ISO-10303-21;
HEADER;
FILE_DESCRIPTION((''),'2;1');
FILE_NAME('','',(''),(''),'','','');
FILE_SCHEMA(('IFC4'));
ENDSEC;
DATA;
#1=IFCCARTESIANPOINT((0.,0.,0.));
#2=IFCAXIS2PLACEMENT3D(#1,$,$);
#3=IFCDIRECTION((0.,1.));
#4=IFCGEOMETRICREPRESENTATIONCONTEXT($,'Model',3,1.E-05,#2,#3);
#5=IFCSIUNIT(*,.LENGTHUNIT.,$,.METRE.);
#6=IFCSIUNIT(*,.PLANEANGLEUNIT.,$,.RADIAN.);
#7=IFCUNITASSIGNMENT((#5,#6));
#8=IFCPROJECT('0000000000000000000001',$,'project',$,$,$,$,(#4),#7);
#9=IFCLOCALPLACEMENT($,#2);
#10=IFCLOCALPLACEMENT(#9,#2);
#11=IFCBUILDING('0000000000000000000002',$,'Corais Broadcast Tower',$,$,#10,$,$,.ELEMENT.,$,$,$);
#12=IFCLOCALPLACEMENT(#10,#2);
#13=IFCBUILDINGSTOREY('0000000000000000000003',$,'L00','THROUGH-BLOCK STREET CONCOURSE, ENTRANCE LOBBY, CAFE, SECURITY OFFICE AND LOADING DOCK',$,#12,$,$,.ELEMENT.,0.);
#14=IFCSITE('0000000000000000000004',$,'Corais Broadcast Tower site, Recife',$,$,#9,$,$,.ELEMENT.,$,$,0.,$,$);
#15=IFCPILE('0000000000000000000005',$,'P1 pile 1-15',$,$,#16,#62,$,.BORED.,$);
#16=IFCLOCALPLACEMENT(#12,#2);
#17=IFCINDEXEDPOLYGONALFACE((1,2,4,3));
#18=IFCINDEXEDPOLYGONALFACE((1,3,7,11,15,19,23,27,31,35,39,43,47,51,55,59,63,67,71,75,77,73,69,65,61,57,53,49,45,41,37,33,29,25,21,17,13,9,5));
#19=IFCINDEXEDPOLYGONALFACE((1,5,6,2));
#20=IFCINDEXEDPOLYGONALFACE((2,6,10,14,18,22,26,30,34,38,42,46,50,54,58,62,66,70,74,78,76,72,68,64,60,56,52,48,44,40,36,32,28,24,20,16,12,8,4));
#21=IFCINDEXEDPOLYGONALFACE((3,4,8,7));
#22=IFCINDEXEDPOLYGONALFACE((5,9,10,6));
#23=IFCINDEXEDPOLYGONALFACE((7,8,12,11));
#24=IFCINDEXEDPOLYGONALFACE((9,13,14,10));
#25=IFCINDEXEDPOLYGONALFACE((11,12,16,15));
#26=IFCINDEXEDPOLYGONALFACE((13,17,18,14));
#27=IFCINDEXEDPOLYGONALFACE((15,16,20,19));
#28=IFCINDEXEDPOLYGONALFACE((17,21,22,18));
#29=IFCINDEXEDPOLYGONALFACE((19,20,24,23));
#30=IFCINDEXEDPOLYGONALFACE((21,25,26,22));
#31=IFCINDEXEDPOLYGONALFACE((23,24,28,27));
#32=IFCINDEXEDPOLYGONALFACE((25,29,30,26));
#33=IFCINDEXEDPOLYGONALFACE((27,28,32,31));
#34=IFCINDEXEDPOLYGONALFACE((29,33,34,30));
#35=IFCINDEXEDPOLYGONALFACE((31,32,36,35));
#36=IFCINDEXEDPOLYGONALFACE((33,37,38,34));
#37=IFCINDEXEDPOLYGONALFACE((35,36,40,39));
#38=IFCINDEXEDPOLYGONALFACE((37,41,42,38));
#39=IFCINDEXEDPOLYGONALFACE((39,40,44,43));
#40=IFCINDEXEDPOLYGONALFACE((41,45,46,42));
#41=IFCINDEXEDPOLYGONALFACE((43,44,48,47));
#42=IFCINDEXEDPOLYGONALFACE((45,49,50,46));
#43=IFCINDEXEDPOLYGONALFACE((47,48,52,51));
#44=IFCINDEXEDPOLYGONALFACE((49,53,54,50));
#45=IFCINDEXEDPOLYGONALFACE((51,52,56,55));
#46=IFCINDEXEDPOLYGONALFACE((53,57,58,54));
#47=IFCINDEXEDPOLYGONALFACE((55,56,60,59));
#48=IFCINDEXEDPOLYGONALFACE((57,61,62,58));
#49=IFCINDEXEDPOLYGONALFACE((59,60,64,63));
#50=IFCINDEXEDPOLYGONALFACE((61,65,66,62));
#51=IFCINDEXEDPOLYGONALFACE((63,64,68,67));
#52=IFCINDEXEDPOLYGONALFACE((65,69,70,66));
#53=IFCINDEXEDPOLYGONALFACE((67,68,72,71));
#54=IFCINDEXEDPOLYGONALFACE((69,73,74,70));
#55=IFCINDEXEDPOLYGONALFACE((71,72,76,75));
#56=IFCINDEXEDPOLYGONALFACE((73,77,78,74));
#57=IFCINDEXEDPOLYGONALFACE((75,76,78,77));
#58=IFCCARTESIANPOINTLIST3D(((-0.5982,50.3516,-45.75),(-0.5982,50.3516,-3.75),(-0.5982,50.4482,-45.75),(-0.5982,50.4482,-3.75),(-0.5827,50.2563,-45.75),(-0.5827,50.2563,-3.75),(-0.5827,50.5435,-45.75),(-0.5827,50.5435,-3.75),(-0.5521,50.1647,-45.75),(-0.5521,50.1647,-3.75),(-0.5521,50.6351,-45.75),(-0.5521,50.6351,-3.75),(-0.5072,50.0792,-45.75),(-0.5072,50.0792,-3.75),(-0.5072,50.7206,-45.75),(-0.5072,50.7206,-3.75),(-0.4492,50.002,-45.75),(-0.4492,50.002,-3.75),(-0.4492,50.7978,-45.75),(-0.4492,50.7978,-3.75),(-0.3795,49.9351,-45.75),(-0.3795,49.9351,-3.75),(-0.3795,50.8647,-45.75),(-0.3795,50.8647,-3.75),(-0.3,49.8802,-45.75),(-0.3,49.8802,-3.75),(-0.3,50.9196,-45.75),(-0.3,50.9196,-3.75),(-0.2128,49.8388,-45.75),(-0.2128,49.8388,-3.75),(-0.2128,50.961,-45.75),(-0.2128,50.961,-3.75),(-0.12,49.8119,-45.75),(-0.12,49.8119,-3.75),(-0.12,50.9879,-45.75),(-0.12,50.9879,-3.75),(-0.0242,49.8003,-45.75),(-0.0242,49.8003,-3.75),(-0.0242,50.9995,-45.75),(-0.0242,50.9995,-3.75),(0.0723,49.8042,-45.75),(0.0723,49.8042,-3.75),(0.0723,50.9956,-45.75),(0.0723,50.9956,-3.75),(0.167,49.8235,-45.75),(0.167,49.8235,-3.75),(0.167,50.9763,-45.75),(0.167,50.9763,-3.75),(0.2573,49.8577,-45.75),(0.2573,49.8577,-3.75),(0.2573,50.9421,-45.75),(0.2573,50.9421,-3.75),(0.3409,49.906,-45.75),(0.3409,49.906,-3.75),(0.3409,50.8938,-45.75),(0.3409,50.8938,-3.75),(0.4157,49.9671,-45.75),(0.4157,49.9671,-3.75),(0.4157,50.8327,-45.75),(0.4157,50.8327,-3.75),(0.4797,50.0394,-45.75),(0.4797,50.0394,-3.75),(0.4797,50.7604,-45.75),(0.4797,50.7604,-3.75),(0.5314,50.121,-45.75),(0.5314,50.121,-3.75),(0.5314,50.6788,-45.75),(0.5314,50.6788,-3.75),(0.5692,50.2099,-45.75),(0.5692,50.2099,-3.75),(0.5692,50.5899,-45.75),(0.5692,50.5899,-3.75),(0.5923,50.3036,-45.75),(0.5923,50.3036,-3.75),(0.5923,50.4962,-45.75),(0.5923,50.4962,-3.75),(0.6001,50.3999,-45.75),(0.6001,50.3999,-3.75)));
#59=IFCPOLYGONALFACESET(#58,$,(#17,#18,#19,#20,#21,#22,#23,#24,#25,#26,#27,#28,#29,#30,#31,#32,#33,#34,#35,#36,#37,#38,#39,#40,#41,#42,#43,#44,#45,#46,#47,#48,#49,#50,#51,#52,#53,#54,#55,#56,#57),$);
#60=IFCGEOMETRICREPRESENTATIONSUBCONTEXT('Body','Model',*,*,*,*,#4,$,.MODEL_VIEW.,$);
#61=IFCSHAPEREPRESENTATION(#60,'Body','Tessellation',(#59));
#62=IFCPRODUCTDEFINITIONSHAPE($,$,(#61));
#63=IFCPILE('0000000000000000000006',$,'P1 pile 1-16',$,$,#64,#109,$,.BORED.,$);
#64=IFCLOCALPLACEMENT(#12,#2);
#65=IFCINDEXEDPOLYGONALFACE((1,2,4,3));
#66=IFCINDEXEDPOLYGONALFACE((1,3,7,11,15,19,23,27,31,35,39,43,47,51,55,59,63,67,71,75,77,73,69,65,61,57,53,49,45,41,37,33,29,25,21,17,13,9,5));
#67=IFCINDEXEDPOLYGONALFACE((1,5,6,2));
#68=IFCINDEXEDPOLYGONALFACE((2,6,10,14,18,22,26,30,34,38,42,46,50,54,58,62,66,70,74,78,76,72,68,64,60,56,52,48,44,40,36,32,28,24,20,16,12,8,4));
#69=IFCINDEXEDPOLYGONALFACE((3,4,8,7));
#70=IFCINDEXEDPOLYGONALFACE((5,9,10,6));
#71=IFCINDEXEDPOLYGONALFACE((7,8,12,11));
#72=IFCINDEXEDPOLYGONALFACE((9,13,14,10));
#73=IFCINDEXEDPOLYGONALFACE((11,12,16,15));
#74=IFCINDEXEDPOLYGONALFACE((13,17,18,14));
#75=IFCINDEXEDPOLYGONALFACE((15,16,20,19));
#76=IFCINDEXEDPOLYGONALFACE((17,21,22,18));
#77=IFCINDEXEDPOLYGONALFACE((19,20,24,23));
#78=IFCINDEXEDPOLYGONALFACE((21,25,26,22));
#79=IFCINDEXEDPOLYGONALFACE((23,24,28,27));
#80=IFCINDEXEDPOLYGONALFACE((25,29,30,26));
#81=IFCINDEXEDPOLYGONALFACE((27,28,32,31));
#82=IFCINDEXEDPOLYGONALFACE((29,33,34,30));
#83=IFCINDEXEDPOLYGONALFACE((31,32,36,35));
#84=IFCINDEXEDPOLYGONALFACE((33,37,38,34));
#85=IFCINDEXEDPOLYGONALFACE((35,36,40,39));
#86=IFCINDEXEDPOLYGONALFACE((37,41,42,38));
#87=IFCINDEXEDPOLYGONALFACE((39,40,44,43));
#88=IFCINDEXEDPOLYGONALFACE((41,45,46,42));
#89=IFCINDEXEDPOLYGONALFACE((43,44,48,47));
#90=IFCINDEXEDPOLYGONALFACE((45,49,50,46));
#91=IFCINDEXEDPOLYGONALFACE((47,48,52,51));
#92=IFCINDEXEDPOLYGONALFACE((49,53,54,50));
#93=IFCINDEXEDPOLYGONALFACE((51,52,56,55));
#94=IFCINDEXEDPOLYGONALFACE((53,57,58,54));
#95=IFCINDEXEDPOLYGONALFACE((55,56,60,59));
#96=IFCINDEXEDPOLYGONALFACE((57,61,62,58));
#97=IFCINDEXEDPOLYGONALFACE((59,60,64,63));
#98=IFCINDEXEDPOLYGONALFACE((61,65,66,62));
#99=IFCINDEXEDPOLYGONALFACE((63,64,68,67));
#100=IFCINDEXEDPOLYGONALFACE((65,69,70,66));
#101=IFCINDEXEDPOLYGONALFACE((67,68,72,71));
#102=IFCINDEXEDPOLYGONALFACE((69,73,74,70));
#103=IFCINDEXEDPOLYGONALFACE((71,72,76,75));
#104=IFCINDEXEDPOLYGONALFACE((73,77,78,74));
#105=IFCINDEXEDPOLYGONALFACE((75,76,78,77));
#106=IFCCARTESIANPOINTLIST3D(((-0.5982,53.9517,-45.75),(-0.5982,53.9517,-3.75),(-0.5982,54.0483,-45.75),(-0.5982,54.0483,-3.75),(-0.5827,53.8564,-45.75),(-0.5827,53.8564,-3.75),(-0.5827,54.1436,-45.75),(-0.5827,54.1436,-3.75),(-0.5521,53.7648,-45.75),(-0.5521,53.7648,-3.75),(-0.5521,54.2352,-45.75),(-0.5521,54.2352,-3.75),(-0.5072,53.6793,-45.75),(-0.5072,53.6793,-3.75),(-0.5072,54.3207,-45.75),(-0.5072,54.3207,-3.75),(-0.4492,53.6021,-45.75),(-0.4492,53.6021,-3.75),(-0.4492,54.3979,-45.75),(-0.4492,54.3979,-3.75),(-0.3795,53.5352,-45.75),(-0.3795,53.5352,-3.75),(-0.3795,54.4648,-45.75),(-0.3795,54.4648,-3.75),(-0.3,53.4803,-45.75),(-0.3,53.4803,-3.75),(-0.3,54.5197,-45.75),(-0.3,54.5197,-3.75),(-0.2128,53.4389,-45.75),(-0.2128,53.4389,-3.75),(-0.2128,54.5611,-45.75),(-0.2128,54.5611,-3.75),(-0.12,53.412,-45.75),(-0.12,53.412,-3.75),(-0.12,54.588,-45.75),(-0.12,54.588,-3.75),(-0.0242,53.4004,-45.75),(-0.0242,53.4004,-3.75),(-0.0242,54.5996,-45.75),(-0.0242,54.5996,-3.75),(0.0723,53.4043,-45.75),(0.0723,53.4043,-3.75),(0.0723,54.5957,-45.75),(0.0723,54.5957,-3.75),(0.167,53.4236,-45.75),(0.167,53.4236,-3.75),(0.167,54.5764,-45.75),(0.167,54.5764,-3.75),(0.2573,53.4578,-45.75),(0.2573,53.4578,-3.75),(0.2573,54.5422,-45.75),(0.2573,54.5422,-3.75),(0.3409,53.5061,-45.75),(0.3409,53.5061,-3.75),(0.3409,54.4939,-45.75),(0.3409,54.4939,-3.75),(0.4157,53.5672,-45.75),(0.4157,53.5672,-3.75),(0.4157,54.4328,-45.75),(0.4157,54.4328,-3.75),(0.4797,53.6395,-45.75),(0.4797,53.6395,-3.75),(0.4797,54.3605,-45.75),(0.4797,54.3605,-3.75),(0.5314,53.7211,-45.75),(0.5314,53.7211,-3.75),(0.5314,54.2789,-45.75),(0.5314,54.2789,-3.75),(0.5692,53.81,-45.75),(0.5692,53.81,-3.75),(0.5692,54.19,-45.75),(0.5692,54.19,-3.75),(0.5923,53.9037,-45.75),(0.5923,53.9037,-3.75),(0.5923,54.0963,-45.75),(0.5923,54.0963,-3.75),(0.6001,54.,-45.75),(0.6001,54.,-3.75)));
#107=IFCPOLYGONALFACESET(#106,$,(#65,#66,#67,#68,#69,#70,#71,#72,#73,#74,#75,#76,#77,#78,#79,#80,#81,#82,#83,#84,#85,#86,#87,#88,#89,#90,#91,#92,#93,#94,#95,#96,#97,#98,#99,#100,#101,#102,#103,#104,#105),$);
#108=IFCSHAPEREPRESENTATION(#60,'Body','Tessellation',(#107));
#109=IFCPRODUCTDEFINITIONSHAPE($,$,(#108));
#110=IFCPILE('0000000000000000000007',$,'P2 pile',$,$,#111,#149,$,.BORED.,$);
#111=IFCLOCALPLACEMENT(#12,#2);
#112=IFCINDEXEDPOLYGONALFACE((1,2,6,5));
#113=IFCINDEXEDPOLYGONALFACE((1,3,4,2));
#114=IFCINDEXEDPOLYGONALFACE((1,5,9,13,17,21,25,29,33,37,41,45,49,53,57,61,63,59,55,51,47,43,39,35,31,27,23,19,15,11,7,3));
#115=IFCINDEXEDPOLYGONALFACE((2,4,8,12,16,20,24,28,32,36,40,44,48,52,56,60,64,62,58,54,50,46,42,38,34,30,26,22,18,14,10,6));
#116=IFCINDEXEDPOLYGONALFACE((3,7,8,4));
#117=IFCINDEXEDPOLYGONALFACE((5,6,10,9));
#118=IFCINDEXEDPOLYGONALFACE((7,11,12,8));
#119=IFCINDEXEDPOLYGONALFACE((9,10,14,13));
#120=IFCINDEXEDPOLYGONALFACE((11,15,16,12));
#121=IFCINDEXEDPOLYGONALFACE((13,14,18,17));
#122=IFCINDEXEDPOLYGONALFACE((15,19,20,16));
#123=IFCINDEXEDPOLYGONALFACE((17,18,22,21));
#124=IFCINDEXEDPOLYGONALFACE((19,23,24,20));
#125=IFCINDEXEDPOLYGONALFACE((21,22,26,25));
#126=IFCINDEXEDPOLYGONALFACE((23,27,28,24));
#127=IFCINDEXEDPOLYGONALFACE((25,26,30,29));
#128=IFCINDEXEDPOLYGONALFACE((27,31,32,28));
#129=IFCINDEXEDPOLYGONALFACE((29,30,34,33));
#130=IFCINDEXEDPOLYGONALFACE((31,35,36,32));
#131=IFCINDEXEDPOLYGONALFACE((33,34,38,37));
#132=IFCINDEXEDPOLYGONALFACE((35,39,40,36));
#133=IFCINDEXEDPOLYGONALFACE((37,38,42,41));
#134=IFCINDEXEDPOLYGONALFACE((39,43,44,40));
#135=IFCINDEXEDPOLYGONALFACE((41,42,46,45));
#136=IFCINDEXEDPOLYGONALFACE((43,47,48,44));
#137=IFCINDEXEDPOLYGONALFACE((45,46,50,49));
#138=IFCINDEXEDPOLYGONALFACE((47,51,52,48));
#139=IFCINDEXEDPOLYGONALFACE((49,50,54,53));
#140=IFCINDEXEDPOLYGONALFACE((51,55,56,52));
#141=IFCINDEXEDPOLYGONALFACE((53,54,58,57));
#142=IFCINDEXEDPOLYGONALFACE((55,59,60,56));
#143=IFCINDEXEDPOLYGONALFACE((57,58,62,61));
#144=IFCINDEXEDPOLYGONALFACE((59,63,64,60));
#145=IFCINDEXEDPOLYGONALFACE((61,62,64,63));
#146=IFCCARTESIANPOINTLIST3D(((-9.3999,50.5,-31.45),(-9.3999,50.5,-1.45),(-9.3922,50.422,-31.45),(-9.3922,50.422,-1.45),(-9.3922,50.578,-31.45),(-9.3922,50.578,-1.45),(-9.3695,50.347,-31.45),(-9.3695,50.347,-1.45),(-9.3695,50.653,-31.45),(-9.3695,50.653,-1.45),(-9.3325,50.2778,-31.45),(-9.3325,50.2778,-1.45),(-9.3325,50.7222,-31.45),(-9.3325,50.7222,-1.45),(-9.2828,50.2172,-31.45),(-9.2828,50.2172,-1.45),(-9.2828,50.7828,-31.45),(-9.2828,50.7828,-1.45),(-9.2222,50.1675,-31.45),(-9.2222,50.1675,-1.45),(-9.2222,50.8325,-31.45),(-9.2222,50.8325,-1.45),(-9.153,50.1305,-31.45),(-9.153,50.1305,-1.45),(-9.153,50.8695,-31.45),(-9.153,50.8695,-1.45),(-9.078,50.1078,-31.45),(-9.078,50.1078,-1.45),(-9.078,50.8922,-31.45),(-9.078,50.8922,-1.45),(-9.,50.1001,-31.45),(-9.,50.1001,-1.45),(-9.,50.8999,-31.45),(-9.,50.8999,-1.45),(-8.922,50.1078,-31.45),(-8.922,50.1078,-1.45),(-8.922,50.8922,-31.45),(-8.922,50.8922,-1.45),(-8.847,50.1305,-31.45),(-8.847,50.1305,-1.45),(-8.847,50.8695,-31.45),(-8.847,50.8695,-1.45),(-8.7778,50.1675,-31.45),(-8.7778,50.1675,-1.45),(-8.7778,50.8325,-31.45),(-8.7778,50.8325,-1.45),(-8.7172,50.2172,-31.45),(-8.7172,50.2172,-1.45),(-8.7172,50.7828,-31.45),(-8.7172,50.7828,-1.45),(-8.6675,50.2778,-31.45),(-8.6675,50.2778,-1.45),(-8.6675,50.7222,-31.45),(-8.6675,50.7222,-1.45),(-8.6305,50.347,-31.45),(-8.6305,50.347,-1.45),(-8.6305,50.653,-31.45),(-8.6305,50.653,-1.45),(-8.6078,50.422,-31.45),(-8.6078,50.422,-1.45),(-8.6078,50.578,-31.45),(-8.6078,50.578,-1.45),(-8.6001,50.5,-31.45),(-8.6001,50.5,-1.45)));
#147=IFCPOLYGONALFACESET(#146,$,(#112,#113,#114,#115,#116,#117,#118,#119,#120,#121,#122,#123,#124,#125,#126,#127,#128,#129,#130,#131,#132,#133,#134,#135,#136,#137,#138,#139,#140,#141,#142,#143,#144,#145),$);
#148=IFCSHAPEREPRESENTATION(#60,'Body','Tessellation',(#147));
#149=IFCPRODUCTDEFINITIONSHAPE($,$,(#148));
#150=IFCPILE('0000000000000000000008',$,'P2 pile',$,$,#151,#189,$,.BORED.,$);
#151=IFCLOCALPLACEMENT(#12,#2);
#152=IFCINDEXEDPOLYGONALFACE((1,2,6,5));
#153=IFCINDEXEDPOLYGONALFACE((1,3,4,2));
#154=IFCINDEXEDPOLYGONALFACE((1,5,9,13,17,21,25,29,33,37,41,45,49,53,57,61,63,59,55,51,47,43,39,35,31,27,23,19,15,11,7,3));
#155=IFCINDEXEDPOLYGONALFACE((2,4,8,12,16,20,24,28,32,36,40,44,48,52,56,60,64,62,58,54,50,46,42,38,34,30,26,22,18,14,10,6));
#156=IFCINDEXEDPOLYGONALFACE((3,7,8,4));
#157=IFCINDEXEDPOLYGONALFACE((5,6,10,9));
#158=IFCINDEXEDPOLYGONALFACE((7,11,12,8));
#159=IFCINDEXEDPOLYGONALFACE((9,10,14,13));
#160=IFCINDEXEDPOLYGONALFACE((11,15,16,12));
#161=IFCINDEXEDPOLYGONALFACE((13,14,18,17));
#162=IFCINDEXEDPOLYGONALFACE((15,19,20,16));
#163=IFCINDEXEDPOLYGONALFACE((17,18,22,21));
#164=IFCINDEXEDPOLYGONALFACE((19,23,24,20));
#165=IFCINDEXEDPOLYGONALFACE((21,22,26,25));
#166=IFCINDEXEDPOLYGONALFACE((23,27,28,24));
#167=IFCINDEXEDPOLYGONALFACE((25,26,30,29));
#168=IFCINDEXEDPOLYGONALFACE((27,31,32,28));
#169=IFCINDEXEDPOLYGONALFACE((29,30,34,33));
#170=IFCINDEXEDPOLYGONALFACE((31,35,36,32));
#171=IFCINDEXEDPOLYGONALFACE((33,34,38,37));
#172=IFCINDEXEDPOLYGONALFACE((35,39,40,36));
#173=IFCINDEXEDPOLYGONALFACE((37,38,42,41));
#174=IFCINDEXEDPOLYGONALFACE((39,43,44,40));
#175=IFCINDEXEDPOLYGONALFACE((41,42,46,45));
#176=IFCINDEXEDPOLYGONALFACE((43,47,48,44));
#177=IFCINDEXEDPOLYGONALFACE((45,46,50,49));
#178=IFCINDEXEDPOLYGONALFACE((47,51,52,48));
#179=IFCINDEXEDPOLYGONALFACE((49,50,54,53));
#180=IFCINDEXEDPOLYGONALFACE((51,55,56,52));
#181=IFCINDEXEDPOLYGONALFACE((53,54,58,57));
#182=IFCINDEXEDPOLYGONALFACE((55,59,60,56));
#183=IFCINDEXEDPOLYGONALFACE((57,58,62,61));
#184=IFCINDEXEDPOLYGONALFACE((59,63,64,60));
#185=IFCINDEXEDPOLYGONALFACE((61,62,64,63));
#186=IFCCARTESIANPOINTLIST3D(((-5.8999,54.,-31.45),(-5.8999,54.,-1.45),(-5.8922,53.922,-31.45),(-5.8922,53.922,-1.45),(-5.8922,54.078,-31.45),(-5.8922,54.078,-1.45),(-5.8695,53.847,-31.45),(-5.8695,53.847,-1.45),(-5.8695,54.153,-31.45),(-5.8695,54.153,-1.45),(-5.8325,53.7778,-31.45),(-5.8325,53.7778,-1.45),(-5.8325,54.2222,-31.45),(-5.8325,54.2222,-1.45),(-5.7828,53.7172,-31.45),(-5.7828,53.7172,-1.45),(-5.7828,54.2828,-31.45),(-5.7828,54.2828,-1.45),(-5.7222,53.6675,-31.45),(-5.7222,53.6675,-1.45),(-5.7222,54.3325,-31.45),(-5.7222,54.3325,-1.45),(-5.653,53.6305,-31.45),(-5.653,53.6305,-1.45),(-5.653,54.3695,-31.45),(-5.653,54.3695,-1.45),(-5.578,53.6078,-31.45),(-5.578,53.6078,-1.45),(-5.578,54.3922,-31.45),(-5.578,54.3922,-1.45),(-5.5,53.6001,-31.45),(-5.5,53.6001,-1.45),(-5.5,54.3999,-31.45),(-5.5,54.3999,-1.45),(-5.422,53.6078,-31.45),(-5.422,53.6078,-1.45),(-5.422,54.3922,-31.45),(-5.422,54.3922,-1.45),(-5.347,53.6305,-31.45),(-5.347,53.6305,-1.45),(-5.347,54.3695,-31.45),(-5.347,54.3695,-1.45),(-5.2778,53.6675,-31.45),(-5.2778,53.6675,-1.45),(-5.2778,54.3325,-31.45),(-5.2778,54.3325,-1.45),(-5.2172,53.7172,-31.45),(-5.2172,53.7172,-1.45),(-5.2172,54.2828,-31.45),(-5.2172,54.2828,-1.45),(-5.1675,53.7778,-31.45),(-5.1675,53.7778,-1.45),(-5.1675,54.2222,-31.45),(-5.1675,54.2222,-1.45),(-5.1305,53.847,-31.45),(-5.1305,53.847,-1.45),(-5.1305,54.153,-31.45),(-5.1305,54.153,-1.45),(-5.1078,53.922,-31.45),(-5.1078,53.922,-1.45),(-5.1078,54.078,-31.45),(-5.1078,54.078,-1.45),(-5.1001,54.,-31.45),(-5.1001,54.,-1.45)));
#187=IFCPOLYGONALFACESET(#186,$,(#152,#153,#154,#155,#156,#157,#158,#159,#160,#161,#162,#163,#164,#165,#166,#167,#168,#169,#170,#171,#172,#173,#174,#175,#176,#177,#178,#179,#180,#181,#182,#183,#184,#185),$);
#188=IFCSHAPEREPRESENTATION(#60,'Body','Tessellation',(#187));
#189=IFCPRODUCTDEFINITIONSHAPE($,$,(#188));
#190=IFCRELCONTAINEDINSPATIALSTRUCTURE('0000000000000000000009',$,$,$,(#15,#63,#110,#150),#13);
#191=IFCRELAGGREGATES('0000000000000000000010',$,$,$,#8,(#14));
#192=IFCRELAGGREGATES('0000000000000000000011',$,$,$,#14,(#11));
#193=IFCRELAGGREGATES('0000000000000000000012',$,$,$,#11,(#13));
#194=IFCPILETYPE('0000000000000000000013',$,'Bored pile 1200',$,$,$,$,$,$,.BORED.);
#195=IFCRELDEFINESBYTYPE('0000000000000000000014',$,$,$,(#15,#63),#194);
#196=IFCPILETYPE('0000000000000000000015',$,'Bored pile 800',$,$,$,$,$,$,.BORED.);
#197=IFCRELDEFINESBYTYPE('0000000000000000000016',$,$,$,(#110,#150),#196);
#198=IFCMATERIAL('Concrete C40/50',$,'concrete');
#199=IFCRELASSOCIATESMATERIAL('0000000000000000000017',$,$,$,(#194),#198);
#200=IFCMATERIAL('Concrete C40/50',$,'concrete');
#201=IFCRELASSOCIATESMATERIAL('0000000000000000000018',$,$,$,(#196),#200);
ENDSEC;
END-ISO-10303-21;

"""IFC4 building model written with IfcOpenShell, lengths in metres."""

from ifc_helpers import new_model, si_unit, direction, frame, origin, origin_2d, place, context, subcontext, project, spatial, circle, extrude, material, type_object, element, save


model = new_model("IFC4")

# Units and contexts
model_context = context("Model", 3, precision=1e-05, world=origin(), true_north=direction((0.0, 1.0)))
body_context = subcontext(model_context, "Body", "Model", "MODEL_VIEW")
ifc_project = project(units=[si_unit("LENGTHUNIT", "METRE"), si_unit("PLANEANGLEUNIT", "RADIAN")], contexts=[model_context])

# Site, building, storey
site_placement = place(None, origin())
site = spatial("IfcSite", under=ifc_project, at=site_placement, Name="Corais Broadcast Tower site, Recife", CompositionType="ELEMENT", RefElevation=0.0)
building_placement = place(site_placement, origin())
building = spatial("IfcBuilding", under=site, at=building_placement, Name="Corais Broadcast Tower", CompositionType="ELEMENT")
storey_placement = place(building_placement, origin())
storey = spatial("IfcBuildingStorey", under=building, at=storey_placement, Name="L00", Description="THROUGH-BLOCK STREET CONCOURSE, ENTRANCE LOBBY, CAFE, SECURITY OFFICE AND LOADING DOCK", CompositionType="ELEMENT", Elevation=0.0)

# Piles
ifc_material_1 = material(Name="Concrete C40/50", Category="concrete")
pile_type_1 = type_object("IfcPileType", Name="Bored pile 1200", PredefinedType="BORED", material=ifc_material_1)
for number, where, z_axis, x_axis, name in (
    (1, (0.0, 50.3999, -3.75), (0.0, 0.0, -1.0), (1.0, 0.0, 0.0), "P1 pile 1-15"),
    (2, (0.0, 54.0, -3.75), (0.0, 0.0, -1.0), (1.0, 0.0, 0.0), "P1 pile 1-16"),
):
    element("IfcPile", number, at=place(storey_placement, frame(where, z_axis=z_axis, x_axis=x_axis)), inside=storey, type_object=pile_type_1, Name=name, PredefinedType="BORED", context=body_context, shape_type="SweptSolid", body=[
        extrude(circle(Radius=0.6001, at=origin_2d()), origin(), (0.0, 0.0, 1.0), 42.0),
    ])
ifc_material_2 = material(Name="Concrete C40/50", Category="concrete")
pile_type_2 = type_object("IfcPileType", Name="Bored pile 800", PredefinedType="BORED", material=ifc_material_2)
for number, where, z_axis, x_axis, name in (
    (3, (-9.0, 50.5, -1.45), (0.0, 0.0, -1.0), (1.0, 0.0, 0.0), "P2 pile"),
    (4, (-5.5, 54.0, -1.45), (0.0, 0.0, -1.0), (1.0, 0.0, 0.0), "P2 pile"),
):
    element("IfcPile", number, at=place(storey_placement, frame(where, z_axis=z_axis, x_axis=x_axis)), inside=storey, type_object=pile_type_2, Name=name, PredefinedType="BORED", context=body_context, shape_type="SweptSolid", body=[
        extrude(circle(Radius=0.3999, at=origin_2d()), origin(), (0.0, 0.0, 1.0), 30.0),
    ])

save(model, "model.ifc")
